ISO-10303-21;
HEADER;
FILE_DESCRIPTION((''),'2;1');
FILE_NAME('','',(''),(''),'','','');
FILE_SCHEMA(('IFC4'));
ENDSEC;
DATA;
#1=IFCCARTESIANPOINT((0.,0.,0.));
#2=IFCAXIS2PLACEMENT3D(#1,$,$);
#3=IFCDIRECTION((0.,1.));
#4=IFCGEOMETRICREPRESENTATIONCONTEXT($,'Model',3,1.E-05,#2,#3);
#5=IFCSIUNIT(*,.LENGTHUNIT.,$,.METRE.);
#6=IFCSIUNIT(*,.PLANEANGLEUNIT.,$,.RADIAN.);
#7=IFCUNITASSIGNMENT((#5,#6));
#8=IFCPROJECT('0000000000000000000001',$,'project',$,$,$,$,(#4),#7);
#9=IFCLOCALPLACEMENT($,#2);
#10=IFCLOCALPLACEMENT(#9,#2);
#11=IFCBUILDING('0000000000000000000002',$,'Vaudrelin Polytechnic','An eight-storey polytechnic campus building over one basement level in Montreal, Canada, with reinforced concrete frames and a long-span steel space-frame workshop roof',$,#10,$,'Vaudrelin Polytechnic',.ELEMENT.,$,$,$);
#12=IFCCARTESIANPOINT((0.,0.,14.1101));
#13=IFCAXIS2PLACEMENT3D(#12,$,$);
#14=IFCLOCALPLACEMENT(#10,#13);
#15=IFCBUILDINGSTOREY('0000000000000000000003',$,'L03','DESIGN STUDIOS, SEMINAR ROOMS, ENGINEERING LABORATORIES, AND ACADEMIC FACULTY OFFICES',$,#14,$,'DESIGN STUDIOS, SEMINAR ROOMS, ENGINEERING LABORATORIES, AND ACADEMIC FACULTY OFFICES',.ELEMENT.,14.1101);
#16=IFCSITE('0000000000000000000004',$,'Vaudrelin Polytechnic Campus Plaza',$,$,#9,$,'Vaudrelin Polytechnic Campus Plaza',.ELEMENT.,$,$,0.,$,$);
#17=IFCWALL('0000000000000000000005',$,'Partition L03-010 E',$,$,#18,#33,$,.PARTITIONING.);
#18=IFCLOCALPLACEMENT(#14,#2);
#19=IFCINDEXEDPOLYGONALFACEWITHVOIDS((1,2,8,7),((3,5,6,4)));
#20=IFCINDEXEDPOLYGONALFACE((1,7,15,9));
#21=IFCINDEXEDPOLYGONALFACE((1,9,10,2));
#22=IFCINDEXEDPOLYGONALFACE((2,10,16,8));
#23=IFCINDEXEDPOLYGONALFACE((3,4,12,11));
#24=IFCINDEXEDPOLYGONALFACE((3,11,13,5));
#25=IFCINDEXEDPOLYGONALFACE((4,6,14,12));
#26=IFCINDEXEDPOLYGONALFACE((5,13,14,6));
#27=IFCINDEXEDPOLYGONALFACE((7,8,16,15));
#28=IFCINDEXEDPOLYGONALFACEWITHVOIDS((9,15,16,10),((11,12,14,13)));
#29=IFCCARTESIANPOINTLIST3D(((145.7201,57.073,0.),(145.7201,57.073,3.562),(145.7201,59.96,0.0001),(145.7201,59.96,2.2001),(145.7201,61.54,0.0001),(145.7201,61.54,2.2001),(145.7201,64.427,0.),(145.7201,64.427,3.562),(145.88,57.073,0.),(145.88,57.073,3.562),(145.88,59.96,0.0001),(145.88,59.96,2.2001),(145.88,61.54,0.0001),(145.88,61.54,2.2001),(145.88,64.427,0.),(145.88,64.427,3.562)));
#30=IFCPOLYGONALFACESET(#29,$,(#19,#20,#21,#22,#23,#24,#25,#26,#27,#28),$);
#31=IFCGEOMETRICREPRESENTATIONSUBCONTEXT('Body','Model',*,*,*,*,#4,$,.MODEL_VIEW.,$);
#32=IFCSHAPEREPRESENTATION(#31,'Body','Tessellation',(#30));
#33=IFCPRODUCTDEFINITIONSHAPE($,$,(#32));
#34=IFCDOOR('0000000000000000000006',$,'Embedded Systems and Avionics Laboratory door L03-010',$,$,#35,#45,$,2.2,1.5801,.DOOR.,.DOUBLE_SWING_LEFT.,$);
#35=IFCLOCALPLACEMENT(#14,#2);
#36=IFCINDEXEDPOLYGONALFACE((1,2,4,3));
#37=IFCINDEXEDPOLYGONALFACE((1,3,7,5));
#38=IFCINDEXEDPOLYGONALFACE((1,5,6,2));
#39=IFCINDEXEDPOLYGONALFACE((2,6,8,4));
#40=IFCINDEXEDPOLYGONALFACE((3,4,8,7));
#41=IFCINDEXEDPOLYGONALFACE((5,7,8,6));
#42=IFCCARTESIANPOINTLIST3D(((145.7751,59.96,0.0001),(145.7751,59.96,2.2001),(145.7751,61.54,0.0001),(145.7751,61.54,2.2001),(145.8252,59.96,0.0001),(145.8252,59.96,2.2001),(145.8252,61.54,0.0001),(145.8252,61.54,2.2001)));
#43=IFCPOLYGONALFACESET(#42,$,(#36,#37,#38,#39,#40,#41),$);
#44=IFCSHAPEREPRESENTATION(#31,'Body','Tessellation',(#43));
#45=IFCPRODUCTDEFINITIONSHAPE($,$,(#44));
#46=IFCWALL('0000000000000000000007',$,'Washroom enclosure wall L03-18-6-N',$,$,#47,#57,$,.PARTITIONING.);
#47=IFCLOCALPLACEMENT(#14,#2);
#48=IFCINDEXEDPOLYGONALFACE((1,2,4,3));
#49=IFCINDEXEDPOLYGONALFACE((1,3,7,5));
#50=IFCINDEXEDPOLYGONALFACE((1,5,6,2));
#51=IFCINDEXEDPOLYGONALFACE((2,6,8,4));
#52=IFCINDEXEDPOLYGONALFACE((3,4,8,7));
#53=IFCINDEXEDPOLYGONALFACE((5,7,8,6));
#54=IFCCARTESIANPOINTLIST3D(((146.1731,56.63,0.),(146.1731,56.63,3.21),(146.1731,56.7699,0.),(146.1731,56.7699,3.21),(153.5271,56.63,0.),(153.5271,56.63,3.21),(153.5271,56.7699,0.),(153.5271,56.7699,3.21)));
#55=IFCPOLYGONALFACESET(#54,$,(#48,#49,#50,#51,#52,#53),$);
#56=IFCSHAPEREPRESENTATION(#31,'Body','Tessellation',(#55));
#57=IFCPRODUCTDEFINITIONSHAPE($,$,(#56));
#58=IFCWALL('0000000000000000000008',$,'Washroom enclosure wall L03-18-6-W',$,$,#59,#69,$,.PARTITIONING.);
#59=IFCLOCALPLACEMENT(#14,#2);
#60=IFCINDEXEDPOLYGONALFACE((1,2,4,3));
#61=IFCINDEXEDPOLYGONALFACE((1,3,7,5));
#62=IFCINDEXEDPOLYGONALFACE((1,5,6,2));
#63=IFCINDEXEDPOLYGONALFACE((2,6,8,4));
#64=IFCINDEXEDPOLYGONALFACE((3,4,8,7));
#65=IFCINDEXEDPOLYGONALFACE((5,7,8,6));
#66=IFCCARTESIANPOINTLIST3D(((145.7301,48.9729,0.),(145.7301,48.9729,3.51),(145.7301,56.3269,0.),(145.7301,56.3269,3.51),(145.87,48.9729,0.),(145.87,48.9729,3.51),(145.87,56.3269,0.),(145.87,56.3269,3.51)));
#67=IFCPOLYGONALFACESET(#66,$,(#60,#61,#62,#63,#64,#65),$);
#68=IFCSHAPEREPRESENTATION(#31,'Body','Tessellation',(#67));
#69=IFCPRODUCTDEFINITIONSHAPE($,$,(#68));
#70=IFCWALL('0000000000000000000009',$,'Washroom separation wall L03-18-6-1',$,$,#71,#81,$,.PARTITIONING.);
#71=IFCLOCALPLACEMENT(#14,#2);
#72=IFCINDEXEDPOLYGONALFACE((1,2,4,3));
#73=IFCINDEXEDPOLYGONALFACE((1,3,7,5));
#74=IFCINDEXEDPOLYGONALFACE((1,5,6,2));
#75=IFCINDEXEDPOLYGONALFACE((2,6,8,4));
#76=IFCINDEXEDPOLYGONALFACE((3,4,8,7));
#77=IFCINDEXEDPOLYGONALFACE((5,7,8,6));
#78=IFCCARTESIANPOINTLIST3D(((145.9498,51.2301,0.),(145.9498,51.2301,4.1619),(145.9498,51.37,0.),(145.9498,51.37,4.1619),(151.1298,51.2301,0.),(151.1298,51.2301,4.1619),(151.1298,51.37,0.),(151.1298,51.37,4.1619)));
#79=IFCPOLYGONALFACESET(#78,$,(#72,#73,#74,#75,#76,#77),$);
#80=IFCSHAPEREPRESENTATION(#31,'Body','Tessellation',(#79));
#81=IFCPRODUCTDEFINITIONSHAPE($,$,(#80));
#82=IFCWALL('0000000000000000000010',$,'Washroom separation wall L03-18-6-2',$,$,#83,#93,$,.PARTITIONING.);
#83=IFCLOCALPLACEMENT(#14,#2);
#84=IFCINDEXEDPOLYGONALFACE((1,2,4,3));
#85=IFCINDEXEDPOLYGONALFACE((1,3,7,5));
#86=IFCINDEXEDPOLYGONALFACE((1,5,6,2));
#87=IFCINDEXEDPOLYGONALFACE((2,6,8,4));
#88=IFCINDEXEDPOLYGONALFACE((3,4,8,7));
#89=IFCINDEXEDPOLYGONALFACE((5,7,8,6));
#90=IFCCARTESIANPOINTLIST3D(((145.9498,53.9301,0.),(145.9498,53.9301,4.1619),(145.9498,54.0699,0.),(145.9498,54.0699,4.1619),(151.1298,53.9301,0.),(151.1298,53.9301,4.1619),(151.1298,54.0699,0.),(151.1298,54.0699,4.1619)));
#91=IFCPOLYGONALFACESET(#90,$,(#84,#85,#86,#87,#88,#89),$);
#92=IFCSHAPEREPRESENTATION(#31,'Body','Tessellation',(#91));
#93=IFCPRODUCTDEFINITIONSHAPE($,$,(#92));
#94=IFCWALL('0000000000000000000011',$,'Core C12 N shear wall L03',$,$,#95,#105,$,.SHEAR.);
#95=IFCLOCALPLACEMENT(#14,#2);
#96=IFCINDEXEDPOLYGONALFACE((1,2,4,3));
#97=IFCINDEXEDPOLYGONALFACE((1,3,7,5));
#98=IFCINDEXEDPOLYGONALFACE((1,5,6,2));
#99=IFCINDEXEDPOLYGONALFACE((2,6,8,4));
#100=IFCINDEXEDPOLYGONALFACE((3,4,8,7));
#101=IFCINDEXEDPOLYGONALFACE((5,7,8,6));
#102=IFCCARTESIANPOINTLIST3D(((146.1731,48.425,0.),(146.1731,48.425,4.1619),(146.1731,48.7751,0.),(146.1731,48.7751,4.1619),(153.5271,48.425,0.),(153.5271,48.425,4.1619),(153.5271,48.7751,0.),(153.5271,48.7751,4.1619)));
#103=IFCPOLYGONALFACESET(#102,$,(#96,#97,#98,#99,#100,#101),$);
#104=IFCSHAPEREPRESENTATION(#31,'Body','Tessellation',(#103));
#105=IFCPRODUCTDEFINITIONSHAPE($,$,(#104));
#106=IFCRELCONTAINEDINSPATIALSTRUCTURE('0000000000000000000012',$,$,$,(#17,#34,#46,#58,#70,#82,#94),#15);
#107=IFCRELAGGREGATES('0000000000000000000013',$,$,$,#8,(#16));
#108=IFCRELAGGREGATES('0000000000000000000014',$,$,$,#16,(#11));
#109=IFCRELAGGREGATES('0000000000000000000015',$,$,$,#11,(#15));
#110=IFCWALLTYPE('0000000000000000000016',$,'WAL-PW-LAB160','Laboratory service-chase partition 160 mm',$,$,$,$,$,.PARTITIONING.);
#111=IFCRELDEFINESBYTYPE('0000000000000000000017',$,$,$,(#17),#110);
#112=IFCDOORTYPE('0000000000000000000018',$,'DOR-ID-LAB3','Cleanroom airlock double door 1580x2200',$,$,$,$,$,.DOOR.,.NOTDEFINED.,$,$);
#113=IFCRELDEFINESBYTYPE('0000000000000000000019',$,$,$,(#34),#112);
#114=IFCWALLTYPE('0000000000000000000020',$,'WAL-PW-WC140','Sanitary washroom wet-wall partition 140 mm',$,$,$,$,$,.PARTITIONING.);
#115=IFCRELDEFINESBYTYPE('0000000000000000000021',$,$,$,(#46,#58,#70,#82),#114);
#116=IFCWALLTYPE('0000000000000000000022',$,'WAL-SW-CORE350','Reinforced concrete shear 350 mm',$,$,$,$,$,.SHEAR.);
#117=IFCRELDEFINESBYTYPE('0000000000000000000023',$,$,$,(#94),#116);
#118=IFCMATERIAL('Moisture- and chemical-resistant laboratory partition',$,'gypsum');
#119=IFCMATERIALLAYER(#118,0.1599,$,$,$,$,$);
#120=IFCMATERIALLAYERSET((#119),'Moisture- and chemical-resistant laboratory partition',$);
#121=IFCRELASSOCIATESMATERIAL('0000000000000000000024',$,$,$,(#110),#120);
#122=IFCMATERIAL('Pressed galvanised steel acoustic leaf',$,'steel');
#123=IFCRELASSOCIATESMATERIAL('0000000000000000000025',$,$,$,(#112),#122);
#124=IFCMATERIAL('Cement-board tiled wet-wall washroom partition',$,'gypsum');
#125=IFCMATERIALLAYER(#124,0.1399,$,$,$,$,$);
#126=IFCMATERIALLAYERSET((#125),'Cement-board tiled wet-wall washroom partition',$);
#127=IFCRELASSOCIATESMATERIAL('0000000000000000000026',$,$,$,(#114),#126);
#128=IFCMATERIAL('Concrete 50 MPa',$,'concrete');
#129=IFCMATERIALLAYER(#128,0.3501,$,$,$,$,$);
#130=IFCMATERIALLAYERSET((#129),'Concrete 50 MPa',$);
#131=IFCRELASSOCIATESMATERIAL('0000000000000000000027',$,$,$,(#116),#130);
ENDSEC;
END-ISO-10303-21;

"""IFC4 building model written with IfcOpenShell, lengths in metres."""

from ifc_helpers import new_model, si_unit, direction, frame, frame_2d, origin, place, context, subcontext, project, spatial, rectangle, extrude, material, layer, layer_set, type_object, element, fill, save


model = new_model("IFC4")

# Units and contexts
model_context = context("Model", 3, precision=1e-05, world=origin(), true_north=direction((0.0, 1.0)))
body_context = subcontext(model_context, "Body", "Model", "MODEL_VIEW")
ifc_project = project(units=[si_unit("LENGTHUNIT", "METRE"), si_unit("PLANEANGLEUNIT", "RADIAN")], contexts=[model_context])

# Site, building, storey
site_placement = place(None, origin())
site = spatial("IfcSite", under=ifc_project, at=site_placement, Name="Vaudrelin Polytechnic Campus Plaza", LongName="Vaudrelin Polytechnic Campus Plaza", CompositionType="ELEMENT", RefElevation=0.0)
building_placement = place(site_placement, origin())
building = spatial("IfcBuilding", under=site, at=building_placement, Name="Vaudrelin Polytechnic", Description="An eight-storey polytechnic campus building over one basement level in Montreal, Canada, with reinforced concrete frames and a long-span steel space-frame workshop roof", LongName="Vaudrelin Polytechnic", CompositionType="ELEMENT")
storey_placement = place(building_placement, frame((0.0, 0.0, 14.1101)))
storey = spatial("IfcBuildingStorey", under=building, at=storey_placement, Name="L03", Description="DESIGN STUDIOS, SEMINAR ROOMS, ENGINEERING LABORATORIES, AND ACADEMIC FACULTY OFFICES", LongName="DESIGN STUDIOS, SEMINAR ROOMS, ENGINEERING LABORATORIES, AND ACADEMIC FACULTY OFFICES", CompositionType="ELEMENT", Elevation=14.1101)

# Shared definitions
ifc_material_1 = material(Name="Concrete 50 MPa", Category="concrete")

# Wall, opening, door
ifc_material_2 = material(Name="Moisture- and chemical-resistant laboratory partition", Category="gypsum")
ifc_layer_1 = layer(ifc_material_2, 0.1599)
ifc_layer_set_1 = layer_set([ifc_layer_1], Name="Moisture- and chemical-resistant laboratory partition")
wall_type_1 = type_object("IfcWallType", Name="WAL-PW-LAB160", Description="Laboratory service-chase partition 160 mm", PredefinedType="PARTITIONING", material=ifc_layer_set_1)
ifc_material_3 = material(Name="Pressed galvanised steel acoustic leaf", Category="steel")
wall_1_placement = place(storey_placement, frame((145.8, 57.073, 0.0), z_axis=(0.0, 0.0, 1.0), x_axis=(0.0, 1.0, 0.0)))
wall_1 = element("IfcWall", 1, at=wall_1_placement, inside=storey, type_object=wall_type_1, Name="Partition L03-010 E", PredefinedType="PARTITIONING", context=body_context, shape_type="SweptSolid", body=[
    extrude(rectangle(XDim=7.354, YDim=0.1599, at=frame_2d((3.677, 0.0))), origin(), (0.0, 0.0, 1.0), 3.562),
])
opening_1_placement = place(wall_1_placement, frame((2.887, 0.0, 0.0)))
opening_1 = element("IfcOpeningElement", 2, at=opening_1_placement, cuts=wall_1, PredefinedType="OPENING", context=body_context, shape_type="SweptSolid", body=[
    extrude(rectangle(XDim=1.5801, YDim=2.2, at=frame_2d((0.79, 1.1001))), frame((0.0, 0.0898, 0.0), z_axis=(0.0, -1.0, 0.0), x_axis=(1.0, 0.0, 0.0)), (0.0, 0.0, 1.0), 0.1799),
])
door_type_1 = type_object("IfcDoorType", Name="DOR-ID-LAB3", Description="Cleanroom airlock double door 1580x2200", OperationType="NOTDEFINED", PredefinedType="DOOR", material=ifc_material_3)
door_1_placement = place(opening_1_placement, origin())
door_1 = element("IfcDoor", 3, at=door_1_placement, inside=storey, type_object=door_type_1, Name="Embedded Systems and Avionics Laboratory door L03-010", OperationType="DOUBLE_SWING_LEFT", OverallHeight=2.2, OverallWidth=1.5801, PredefinedType="DOOR", context=body_context, shape_type="SweptSolid", body=[
    extrude(rectangle(XDim=1.5801, YDim=2.2, at=frame_2d((0.79, 1.1001))), frame((0.0, 0.0249, 0.0), z_axis=(0.0, -1.0, 0.0), x_axis=(1.0, 0.0, 0.0)), (0.0, 0.0, 1.0), 0.05),
])
fill(opening_1, door_1)

# Walls
ifc_material_4 = material(Name="Cement-board tiled wet-wall washroom partition", Category="gypsum")
ifc_layer_2 = layer(ifc_material_4, 0.1399)
ifc_layer_set_2 = layer_set([ifc_layer_2], Name="Cement-board tiled wet-wall washroom partition")
wall_type_2 = type_object("IfcWallType", Name="WAL-PW-WC140", Description="Sanitary washroom wet-wall partition 140 mm", PredefinedType="PARTITIONING", material=ifc_layer_set_2)
wall_2_placement = place(storey_placement, frame((146.1731, 56.7, 0.0), z_axis=(0.0, 0.0, 1.0), x_axis=(1.0, 0.0, 0.0)))
element("IfcWall", 4, at=wall_2_placement, inside=storey, type_object=wall_type_2, Name="Washroom enclosure wall L03-18-6-N", PredefinedType="PARTITIONING", context=body_context, shape_type="SweptSolid", body=[
    extrude(rectangle(XDim=7.354, YDim=0.1399, at=frame_2d((3.677, 0.0))), origin(), (0.0, 0.0, 1.0), 3.21),
])
wall_3_placement = place(storey_placement, frame((145.8, 48.9729, 0.0), z_axis=(0.0, 0.0, 1.0), x_axis=(0.0, 1.0, 0.0)))
element("IfcWall", 5, at=wall_3_placement, inside=storey, type_object=wall_type_2, Name="Washroom enclosure wall L03-18-6-W", PredefinedType="PARTITIONING", context=body_context, shape_type="SweptSolid", body=[
    extrude(rectangle(XDim=7.354, YDim=0.1399, at=frame_2d((3.677, 0.0))), origin(), (0.0, 0.0, 1.0), 3.51),
])
for number, where, z_axis, x_axis, name in (
    (6, (145.95, 51.3, 0.0), (0.0, 0.0, 1.0), (1.0, 0.0, 0.0), "Washroom separation wall L03-18-6-1"),
    (7, (145.95, 54.0, 0.0), (0.0, 0.0, 1.0), (1.0, 0.0, 0.0), "Washroom separation wall L03-18-6-2"),
):
    element("IfcWall", number, at=place(storey_placement, frame(where, z_axis=z_axis, x_axis=x_axis)), inside=storey, type_object=wall_type_2, Name=name, PredefinedType="PARTITIONING", context=body_context, shape_type="SweptSolid", body=[
        extrude(rectangle(XDim=5.1799, YDim=0.1399, at=frame_2d((2.5898, 0.0))), origin(), (0.0, 0.0, 1.0), 4.1619),
    ])
ifc_layer_3 = layer(ifc_material_1, 0.3501)
ifc_layer_set_3 = layer_set([ifc_layer_3], Name="Concrete 50 MPa")
wall_type_3 = type_object("IfcWallType", Name="WAL-SW-CORE350", Description="Reinforced concrete shear 350 mm", PredefinedType="SHEAR", material=ifc_layer_set_3)
wall_4_placement = place(storey_placement, frame((146.1731, 48.6001, 0.0), z_axis=(0.0, 0.0, 1.0), x_axis=(1.0, 0.0, 0.0)))
element("IfcWall", 8, at=wall_4_placement, inside=storey, type_object=wall_type_3, Name="Core C12 N shear wall L03", PredefinedType="SHEAR", context=body_context, shape_type="SweptSolid", body=[
    extrude(rectangle(XDim=7.354, YDim=0.3501, at=frame_2d((3.677, 0.0))), origin(), (0.0, 0.0, 1.0), 4.1619),
])

save(model, "model.ifc")
